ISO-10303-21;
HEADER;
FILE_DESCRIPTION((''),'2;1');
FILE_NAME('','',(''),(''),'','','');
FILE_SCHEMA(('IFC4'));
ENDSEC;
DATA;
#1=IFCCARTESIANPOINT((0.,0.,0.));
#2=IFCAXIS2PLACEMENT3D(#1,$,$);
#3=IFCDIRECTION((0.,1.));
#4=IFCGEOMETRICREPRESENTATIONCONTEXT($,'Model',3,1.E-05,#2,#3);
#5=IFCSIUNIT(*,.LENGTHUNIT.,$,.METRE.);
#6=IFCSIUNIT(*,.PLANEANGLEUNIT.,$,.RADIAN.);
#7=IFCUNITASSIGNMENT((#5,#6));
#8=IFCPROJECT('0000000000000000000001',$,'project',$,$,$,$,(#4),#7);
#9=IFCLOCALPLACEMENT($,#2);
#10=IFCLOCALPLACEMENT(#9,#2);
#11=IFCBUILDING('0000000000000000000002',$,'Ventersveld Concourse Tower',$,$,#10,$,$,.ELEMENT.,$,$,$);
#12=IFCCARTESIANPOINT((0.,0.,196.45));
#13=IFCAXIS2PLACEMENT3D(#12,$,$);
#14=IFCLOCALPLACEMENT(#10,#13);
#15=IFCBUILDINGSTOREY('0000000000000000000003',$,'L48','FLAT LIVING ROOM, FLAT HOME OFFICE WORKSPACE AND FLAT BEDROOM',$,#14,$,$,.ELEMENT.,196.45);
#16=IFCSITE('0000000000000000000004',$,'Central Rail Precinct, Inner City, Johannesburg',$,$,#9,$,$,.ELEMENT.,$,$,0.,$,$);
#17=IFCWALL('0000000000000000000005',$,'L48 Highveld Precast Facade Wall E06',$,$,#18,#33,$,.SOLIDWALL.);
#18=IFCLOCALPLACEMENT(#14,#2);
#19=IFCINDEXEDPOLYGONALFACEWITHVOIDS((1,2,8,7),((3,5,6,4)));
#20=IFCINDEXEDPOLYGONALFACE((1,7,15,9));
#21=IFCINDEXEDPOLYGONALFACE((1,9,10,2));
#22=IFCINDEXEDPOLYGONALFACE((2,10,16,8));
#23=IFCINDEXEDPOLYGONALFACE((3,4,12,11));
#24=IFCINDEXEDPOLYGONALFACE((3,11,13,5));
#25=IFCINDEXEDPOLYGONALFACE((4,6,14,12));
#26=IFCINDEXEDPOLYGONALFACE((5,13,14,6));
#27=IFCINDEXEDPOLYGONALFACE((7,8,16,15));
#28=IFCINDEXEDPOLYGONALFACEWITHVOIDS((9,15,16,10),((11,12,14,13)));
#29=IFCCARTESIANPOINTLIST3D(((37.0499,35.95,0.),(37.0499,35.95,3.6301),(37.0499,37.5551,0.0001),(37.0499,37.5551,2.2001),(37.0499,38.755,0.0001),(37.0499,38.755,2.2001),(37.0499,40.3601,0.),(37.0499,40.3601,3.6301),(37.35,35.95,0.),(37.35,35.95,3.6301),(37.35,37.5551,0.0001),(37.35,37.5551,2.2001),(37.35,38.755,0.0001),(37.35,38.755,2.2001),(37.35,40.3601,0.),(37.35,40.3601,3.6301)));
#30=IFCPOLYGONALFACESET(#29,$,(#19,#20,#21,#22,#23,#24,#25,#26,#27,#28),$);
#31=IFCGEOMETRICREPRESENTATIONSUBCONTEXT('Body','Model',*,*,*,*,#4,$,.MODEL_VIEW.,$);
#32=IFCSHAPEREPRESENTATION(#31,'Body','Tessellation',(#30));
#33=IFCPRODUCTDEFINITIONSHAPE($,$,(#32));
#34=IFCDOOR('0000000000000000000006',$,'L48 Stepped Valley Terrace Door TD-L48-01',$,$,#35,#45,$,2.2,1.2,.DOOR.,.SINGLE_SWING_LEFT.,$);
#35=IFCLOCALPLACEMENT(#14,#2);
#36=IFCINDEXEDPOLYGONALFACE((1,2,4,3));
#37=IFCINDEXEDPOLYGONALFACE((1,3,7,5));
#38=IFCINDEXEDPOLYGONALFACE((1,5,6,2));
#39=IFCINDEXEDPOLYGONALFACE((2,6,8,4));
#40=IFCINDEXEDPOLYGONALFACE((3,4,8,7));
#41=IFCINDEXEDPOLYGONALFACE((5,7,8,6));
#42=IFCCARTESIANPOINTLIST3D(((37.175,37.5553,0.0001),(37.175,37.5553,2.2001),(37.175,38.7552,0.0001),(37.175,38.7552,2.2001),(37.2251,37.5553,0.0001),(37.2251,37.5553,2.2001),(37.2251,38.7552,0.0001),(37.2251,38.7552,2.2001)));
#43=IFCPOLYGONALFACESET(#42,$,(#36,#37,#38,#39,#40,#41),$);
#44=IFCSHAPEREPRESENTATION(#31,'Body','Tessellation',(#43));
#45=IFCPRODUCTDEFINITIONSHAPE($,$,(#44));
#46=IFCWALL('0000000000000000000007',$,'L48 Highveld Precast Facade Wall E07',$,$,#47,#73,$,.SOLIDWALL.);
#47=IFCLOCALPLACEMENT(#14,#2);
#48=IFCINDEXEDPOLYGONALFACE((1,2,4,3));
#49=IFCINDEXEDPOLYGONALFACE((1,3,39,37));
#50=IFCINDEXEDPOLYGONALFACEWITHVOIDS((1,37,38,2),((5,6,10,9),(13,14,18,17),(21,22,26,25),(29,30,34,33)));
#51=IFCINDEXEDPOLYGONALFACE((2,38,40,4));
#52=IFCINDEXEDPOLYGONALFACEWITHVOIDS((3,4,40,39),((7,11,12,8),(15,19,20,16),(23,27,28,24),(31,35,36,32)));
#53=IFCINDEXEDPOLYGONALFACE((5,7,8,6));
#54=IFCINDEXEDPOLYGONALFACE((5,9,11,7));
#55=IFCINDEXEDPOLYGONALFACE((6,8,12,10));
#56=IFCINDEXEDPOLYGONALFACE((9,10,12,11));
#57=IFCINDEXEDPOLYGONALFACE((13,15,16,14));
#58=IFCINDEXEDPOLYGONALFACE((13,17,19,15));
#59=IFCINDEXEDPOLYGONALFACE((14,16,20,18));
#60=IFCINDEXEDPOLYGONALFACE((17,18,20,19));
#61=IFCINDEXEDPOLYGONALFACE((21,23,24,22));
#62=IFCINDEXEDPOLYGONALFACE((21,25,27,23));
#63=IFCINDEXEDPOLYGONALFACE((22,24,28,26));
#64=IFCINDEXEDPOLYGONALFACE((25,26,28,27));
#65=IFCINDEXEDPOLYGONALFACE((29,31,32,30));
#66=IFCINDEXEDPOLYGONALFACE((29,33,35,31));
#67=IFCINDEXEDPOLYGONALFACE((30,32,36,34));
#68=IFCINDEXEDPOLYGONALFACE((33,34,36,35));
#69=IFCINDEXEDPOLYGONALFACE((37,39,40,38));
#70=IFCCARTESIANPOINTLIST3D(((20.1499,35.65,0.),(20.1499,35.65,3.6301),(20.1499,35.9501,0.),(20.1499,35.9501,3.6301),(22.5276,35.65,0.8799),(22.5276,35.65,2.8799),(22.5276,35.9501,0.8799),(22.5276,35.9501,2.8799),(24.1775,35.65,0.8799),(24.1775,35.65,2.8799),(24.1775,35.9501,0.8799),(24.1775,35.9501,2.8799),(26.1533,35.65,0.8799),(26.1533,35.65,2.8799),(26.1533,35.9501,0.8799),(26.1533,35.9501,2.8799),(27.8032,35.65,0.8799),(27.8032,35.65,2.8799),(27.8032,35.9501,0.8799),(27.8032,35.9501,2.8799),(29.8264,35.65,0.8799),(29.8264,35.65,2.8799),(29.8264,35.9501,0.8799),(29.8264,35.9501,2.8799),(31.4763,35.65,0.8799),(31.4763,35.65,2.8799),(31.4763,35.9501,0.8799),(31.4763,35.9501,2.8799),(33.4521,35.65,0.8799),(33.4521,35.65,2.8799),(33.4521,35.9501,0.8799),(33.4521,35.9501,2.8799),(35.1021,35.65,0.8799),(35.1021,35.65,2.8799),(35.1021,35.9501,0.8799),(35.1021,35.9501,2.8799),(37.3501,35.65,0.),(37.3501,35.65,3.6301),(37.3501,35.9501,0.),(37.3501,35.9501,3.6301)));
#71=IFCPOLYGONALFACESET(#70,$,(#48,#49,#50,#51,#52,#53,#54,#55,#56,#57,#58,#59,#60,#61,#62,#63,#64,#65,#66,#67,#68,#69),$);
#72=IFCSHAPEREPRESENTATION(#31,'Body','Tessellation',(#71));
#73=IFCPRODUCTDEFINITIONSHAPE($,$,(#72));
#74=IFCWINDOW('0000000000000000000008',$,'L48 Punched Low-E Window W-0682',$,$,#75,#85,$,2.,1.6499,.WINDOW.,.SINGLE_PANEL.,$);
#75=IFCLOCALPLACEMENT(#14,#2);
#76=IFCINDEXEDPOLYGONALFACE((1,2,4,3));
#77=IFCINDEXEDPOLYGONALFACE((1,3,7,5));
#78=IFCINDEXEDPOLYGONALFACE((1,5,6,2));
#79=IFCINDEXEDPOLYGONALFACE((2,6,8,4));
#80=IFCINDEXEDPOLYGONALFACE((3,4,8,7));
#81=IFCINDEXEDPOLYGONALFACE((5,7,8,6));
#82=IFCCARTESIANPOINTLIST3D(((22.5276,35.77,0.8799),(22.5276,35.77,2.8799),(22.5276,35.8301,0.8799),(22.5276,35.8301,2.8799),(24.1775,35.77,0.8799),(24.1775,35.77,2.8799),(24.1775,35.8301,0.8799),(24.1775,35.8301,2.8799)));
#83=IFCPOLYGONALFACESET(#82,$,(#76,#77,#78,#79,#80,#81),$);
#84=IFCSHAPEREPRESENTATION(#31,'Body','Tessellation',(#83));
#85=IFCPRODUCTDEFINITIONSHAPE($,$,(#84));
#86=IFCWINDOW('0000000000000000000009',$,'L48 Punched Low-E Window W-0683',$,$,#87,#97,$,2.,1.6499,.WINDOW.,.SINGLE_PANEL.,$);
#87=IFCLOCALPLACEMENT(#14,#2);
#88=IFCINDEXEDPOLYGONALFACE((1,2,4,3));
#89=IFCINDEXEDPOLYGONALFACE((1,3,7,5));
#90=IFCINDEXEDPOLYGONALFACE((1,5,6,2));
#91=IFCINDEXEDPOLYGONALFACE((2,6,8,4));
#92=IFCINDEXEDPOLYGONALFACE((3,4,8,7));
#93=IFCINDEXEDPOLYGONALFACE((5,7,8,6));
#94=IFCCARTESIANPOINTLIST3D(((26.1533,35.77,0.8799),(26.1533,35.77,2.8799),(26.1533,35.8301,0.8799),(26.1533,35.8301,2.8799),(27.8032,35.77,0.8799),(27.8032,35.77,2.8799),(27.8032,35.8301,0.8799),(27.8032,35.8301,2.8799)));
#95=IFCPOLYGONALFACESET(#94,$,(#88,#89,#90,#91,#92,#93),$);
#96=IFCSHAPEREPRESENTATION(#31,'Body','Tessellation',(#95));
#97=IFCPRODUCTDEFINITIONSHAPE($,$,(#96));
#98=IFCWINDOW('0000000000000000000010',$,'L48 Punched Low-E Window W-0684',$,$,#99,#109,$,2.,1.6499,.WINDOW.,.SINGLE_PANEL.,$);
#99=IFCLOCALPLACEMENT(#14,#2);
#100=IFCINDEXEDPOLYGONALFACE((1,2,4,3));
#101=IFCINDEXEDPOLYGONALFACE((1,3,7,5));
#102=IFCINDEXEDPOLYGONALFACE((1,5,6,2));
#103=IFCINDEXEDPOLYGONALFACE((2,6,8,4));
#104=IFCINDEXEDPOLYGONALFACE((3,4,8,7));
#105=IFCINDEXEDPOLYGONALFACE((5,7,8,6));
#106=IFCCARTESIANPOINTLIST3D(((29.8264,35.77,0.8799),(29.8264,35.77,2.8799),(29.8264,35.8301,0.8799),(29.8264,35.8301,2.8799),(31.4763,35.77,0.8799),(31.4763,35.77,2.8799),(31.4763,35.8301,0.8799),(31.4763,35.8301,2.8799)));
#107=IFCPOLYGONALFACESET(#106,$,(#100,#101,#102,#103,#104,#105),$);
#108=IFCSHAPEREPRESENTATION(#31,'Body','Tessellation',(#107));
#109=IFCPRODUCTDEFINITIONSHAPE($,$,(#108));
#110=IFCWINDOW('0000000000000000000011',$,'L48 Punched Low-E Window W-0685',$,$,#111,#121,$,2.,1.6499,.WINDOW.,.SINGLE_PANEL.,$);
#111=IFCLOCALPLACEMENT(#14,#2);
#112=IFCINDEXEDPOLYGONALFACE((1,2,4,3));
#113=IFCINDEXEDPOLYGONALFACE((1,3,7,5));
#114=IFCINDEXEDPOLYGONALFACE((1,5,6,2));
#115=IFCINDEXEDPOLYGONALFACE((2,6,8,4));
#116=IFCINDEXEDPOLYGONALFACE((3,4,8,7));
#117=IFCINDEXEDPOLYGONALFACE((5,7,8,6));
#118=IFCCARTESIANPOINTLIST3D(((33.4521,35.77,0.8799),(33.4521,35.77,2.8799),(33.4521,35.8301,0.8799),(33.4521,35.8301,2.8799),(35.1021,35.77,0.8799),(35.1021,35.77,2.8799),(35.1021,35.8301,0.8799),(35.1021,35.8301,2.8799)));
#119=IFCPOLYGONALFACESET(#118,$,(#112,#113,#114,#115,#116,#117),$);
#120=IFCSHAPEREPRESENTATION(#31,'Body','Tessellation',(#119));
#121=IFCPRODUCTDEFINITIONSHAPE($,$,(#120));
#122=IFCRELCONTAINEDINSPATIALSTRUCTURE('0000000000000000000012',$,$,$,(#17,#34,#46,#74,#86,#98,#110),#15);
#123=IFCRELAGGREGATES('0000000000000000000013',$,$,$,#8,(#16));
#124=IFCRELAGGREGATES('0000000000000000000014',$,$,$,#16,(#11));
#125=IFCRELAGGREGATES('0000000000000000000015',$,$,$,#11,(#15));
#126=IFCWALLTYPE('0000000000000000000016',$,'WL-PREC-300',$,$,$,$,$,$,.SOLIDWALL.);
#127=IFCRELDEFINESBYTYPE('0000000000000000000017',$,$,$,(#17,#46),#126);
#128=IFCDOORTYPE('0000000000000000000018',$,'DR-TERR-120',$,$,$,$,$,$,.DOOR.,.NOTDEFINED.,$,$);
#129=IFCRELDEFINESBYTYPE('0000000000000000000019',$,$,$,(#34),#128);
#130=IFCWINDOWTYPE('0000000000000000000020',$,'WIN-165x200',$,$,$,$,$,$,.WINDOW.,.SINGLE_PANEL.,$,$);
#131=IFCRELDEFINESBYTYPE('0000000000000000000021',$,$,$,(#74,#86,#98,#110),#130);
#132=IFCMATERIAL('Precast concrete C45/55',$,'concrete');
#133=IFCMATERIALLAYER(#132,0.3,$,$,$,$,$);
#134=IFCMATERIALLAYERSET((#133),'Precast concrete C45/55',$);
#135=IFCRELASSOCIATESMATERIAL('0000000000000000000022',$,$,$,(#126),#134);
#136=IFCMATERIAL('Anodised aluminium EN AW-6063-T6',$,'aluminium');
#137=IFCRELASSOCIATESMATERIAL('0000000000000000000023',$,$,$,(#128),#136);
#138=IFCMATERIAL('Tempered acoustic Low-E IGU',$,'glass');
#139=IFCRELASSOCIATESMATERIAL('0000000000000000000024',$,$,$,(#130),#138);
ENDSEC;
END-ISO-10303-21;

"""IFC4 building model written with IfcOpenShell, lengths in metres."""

from ifc_helpers import new_model, si_unit, direction, frame, frame_2d, origin, place, context, subcontext, project, spatial, rectangle, extrude, material, layer, layer_set, type_object, element, fill, save


model = new_model("IFC4")

# Units and contexts
model_context = context("Model", 3, precision=1e-05, world=origin(), true_north=direction((0.0, 1.0)))
body_context = subcontext(model_context, "Body", "Model", "MODEL_VIEW")
ifc_project = project(units=[si_unit("LENGTHUNIT", "METRE"), si_unit("PLANEANGLEUNIT", "RADIAN")], contexts=[model_context])

# Site, building, storey
site_placement = place(None, origin())
site = spatial("IfcSite", under=ifc_project, at=site_placement, Name="Central Rail Precinct, Inner City, Johannesburg", CompositionType="ELEMENT", RefElevation=0.0)
building_placement = place(site_placement, origin())
building = spatial("IfcBuilding", under=site, at=building_placement, Name="Ventersveld Concourse Tower", CompositionType="ELEMENT")
storey_placement = place(building_placement, frame((0.0, 0.0, 196.45)))
storey = spatial("IfcBuildingStorey", under=building, at=storey_placement, Name="L48", Description="FLAT LIVING ROOM, FLAT HOME OFFICE WORKSPACE AND FLAT BEDROOM", CompositionType="ELEMENT", Elevation=196.45)

# Wall, opening, door
ifc_material_1 = material(Name="Precast concrete C45/55", Category="concrete")
ifc_layer_1 = layer(ifc_material_1, 0.3)
ifc_layer_set_1 = layer_set([ifc_layer_1], Name="Precast concrete C45/55")
wall_type_1 = type_object("IfcWallType", Name="WL-PREC-300", PredefinedType="SOLIDWALL", material=ifc_layer_set_1)
wall_1_placement = place(storey_placement, frame((37.2, 40.3601, 0.0), z_axis=(0.0, 0.0, 1.0), x_axis=(0.0, -1.0, 0.0)))
wall_1 = element("IfcWall", 1, at=wall_1_placement, inside=storey, type_object=wall_type_1, Name="L48 Highveld Precast Facade Wall E06", PredefinedType="SOLIDWALL", context=body_context, shape_type="SweptSolid", body=[
    extrude(rectangle(XDim=4.4102, YDim=0.3, at=frame_2d((2.2051, 0.0))), origin(), (0.0, 0.0, 1.0), 3.6301),
])
opening_1_placement = place(wall_1_placement, frame((1.605, 0.0, 0.0)))
opening_1 = element("IfcOpeningElement", 2, at=opening_1_placement, cuts=wall_1, PredefinedType="OPENING", context=body_context, shape_type="SweptSolid", body=[
    extrude(rectangle(XDim=1.2, YDim=2.2, at=frame_2d((0.6001, 1.1001))), frame((0.0, 0.1602, 0.0), z_axis=(0.0, -1.0, 0.0), x_axis=(1.0, 0.0, 0.0)), (0.0, 0.0, 1.0), 0.3201),
])
ifc_material_2 = material(Name="Anodised aluminium EN AW-6063-T6", Category="aluminium")
door_type_1 = type_object("IfcDoorType", Name="DR-TERR-120", OperationType="NOTDEFINED", PredefinedType="DOOR", material=ifc_material_2)
door_1_placement = place(opening_1_placement, frame((1.2, 0.0, 0.0), z_axis=(0.0, 0.0, 1.0), x_axis=(-1.0, 0.0, 0.0)))
door_1 = element("IfcDoor", 3, at=door_1_placement, inside=storey, type_object=door_type_1, Name="L48 Stepped Valley Terrace Door TD-L48-01", OperationType="SINGLE_SWING_LEFT", OverallHeight=2.2, OverallWidth=1.2, PredefinedType="DOOR", context=body_context, shape_type="SweptSolid", body=[
    extrude(rectangle(XDim=1.2, YDim=2.2, at=frame_2d((0.6001, 1.1001))), frame((0.0, 0.0249, 0.0), z_axis=(0.0, -1.0, 0.0), x_axis=(1.0, 0.0, 0.0)), (0.0, 0.0, 1.0), 0.05),
])
fill(opening_1, door_1)

# Wall, openings, windows
wall_2_placement = place(storey_placement, frame((37.3501, 35.8, 0.0), z_axis=(0.0, 0.0, 1.0), x_axis=(-1.0, 0.0, 0.0)))
wall_2 = element("IfcWall", 4, at=wall_2_placement, inside=storey, type_object=wall_type_1, Name="L48 Highveld Precast Facade Wall E07", PredefinedType="SOLIDWALL", context=body_context, shape_type="SweptSolid", body=[
    extrude(rectangle(XDim=17.2002, YDim=0.3, at=frame_2d((8.6001, 0.0))), origin(), (0.0, 0.0, 1.0), 3.6301),
])
opening_2_placement = place(wall_2_placement, frame((13.1726, 0.0, 0.8799)))
opening_2 = element("IfcOpeningElement", 5, at=opening_2_placement, cuts=wall_2, PredefinedType="OPENING", context=body_context, shape_type="SweptSolid", body=[
    extrude(rectangle(XDim=1.6499, YDim=2.0, at=frame_2d((0.825, 1.0))), frame((0.0, 0.1602, 0.0), z_axis=(0.0, -1.0, 0.0), x_axis=(1.0, 0.0, 0.0)), (0.0, 0.0, 1.0), 0.3201),
])
opening_3_placement = place(wall_2_placement, frame((9.5469, 0.0, 0.8799)))
opening_3 = element("IfcOpeningElement", 6, at=opening_3_placement, cuts=wall_2, PredefinedType="OPENING", context=body_context, shape_type="SweptSolid", body=[
    extrude(rectangle(XDim=1.6499, YDim=2.0, at=frame_2d((0.825, 1.0))), frame((0.0, 0.1602, 0.0), z_axis=(0.0, -1.0, 0.0), x_axis=(1.0, 0.0, 0.0)), (0.0, 0.0, 1.0), 0.3201),
])
opening_4_placement = place(wall_2_placement, frame((5.8738, 0.0, 0.8799)))
opening_4 = element("IfcOpeningElement", 7, at=opening_4_placement, cuts=wall_2, PredefinedType="OPENING", context=body_context, shape_type="SweptSolid", body=[
    extrude(rectangle(XDim=1.6499, YDim=2.0, at=frame_2d((0.825, 1.0))), frame((0.0, 0.1602, 0.0), z_axis=(0.0, -1.0, 0.0), x_axis=(1.0, 0.0, 0.0)), (0.0, 0.0, 1.0), 0.3201),
])
opening_5_placement = place(wall_2_placement, frame((2.248, 0.0, 0.8799)))
opening_5 = element("IfcOpeningElement", 8, at=opening_5_placement, cuts=wall_2, PredefinedType="OPENING", context=body_context, shape_type="SweptSolid", body=[
    extrude(rectangle(XDim=1.6499, YDim=2.0, at=frame_2d((0.825, 1.0))), frame((0.0, 0.1602, 0.0), z_axis=(0.0, -1.0, 0.0), x_axis=(1.0, 0.0, 0.0)), (0.0, 0.0, 1.0), 0.3201),
])
ifc_material_3 = material(Name="Tempered acoustic Low-E IGU", Category="glass")
window_type = type_object("IfcWindowType", Name="WIN-165x200", PartitioningType="SINGLE_PANEL", PredefinedType="WINDOW", material=ifc_material_3)
window_1_placement = place(opening_2_placement, origin())
window_1 = element("IfcWindow", 9, at=window_1_placement, inside=storey, type_object=window_type, Name="L48 Punched Low-E Window W-0682", OverallHeight=2.0, OverallWidth=1.6499, PartitioningType="SINGLE_PANEL", PredefinedType="WINDOW", context=body_context, shape_type="SweptSolid", body=[
    extrude(rectangle(XDim=1.6499, YDim=2.0, at=frame_2d((0.825, 1.0))), frame((0.0, 0.03, 0.0), z_axis=(0.0, -1.0, 0.0), x_axis=(1.0, 0.0, 0.0)), (0.0, 0.0, 1.0), 0.0601),
])
fill(opening_2, window_1)
window_2_placement = place(opening_3_placement, origin())
window_2 = element("IfcWindow", 10, at=window_2_placement, inside=storey, type_object=window_type, Name="L48 Punched Low-E Window W-0683", OverallHeight=2.0, OverallWidth=1.6499, PartitioningType="SINGLE_PANEL", PredefinedType="WINDOW", context=body_context, shape_type="SweptSolid", body=[
    extrude(rectangle(XDim=1.6499, YDim=2.0, at=frame_2d((0.825, 1.0))), frame((0.0, 0.03, 0.0), z_axis=(0.0, -1.0, 0.0), x_axis=(1.0, 0.0, 0.0)), (0.0, 0.0, 1.0), 0.0601),
])
fill(opening_3, window_2)
window_3_placement = place(opening_4_placement, origin())
window_3 = element("IfcWindow", 11, at=window_3_placement, inside=storey, type_object=window_type, Name="L48 Punched Low-E Window W-0684", OverallHeight=2.0, OverallWidth=1.6499, PartitioningType="SINGLE_PANEL", PredefinedType="WINDOW", context=body_context, shape_type="SweptSolid", body=[
    extrude(rectangle(XDim=1.6499, YDim=2.0, at=frame_2d((0.825, 1.0))), frame((0.0, 0.03, 0.0), z_axis=(0.0, -1.0, 0.0), x_axis=(1.0, 0.0, 0.0)), (0.0, 0.0, 1.0), 0.0601),
])
fill(opening_4, window_3)
window_4_placement = place(opening_5_placement, origin())
window_4 = element("IfcWindow", 12, at=window_4_placement, inside=storey, type_object=window_type, Name="L48 Punched Low-E Window W-0685", OverallHeight=2.0, OverallWidth=1.6499, PartitioningType="SINGLE_PANEL", PredefinedType="WINDOW", context=body_context, shape_type="SweptSolid", body=[
    extrude(rectangle(XDim=1.6499, YDim=2.0, at=frame_2d((0.825, 1.0))), frame((0.0, 0.03, 0.0), z_axis=(0.0, -1.0, 0.0), x_axis=(1.0, 0.0, 0.0)), (0.0, 0.0, 1.0), 0.0601),
])
fill(opening_5, window_4)

save(model, "model.ifc")
